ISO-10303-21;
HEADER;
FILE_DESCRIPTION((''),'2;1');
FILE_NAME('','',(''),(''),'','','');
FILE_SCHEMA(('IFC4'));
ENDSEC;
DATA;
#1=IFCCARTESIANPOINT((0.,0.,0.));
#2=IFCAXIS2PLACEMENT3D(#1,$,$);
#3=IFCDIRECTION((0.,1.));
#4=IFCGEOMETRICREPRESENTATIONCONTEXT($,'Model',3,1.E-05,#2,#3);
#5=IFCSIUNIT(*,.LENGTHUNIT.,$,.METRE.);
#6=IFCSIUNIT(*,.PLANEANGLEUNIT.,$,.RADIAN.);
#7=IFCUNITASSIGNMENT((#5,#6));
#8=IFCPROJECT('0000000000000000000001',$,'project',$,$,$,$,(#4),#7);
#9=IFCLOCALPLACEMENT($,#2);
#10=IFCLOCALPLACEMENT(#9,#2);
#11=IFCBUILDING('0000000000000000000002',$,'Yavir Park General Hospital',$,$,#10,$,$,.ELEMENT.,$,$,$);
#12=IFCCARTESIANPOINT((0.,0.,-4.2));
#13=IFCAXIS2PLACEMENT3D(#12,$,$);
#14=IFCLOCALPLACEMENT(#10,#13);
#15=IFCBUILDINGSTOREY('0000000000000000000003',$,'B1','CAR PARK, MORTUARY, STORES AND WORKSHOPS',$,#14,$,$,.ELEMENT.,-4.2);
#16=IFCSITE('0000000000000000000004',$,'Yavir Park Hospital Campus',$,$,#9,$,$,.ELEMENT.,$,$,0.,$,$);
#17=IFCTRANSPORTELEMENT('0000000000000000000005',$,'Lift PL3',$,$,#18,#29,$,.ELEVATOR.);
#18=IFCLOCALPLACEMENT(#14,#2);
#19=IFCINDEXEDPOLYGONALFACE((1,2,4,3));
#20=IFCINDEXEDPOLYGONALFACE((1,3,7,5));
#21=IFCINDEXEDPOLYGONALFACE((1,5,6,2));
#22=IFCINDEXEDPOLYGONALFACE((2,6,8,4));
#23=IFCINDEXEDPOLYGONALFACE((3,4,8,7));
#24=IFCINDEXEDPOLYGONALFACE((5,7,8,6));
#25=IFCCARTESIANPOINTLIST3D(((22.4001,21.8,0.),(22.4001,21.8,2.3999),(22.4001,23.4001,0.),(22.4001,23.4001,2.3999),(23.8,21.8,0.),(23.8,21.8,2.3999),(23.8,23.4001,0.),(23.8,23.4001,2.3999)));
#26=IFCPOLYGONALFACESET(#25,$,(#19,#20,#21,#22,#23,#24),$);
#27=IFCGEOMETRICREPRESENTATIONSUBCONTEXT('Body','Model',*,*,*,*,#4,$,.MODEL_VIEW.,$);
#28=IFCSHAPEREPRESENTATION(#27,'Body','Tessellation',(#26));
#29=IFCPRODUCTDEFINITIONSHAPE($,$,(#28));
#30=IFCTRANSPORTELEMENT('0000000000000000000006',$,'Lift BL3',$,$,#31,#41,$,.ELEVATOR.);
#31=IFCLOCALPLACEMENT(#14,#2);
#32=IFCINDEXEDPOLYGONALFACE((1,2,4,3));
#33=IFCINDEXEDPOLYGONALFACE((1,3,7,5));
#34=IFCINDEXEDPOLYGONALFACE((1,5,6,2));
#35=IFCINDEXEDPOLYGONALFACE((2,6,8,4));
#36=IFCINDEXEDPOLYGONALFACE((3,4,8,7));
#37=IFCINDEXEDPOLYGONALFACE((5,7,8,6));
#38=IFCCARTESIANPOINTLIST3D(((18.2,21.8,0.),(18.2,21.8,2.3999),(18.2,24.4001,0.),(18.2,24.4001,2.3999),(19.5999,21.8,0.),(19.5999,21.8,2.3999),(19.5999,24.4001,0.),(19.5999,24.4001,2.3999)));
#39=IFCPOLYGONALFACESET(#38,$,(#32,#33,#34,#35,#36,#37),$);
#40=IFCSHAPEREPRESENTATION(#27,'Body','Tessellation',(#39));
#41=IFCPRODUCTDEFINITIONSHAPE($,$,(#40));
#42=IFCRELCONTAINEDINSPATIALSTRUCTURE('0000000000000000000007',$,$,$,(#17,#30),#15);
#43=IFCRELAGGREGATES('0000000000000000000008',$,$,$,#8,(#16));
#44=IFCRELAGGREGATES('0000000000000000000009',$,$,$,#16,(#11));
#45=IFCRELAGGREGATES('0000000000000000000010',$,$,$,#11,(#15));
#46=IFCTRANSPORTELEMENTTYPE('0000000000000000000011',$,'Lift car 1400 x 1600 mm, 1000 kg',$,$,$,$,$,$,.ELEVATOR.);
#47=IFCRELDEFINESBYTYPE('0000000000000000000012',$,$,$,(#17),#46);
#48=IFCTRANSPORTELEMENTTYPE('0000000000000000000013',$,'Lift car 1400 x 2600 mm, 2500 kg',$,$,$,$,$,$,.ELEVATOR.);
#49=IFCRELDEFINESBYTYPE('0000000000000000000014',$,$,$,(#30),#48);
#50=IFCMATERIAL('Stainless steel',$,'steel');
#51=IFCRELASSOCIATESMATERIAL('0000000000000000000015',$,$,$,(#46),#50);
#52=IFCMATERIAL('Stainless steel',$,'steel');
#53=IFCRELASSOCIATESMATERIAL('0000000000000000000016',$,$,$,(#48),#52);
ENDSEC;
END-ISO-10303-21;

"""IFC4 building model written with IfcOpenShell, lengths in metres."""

from ifc_helpers import new_model, si_unit, direction, frame, origin, origin_2d, place, context, subcontext, project, spatial, rectangle, extrude, material, type_object, element, save


model = new_model("IFC4")

# Units and contexts
model_context = context("Model", 3, precision=1e-05, world=origin(), true_north=direction((0.0, 1.0)))
body_context = subcontext(model_context, "Body", "Model", "MODEL_VIEW")
ifc_project = project(units=[si_unit("LENGTHUNIT", "METRE"), si_unit("PLANEANGLEUNIT", "RADIAN")], contexts=[model_context])

# Site, building, storey
site_placement = place(None, origin())
site = spatial("IfcSite", under=ifc_project, at=site_placement, Name="Yavir Park Hospital Campus", CompositionType="ELEMENT", RefElevation=0.0)
building_placement = place(site_placement, origin())
building = spatial("IfcBuilding", under=site, at=building_placement, Name="Yavir Park General Hospital", CompositionType="ELEMENT")
storey_placement = place(building_placement, frame((0.0, 0.0, -4.2)))
storey = spatial("IfcBuildingStorey", under=building, at=storey_placement, Name="B1", Description="CAR PARK, MORTUARY, STORES AND WORKSHOPS", CompositionType="ELEMENT", Elevation=-4.2)

# Transport elements
ifc_material_1 = material(Name="Stainless steel", Category="steel")
transport_element_type_1 = type_object("IfcTransportElementType", Name="Lift car 1400 x 1600 mm, 1000 kg", PredefinedType="ELEVATOR", material=ifc_material_1)
transport_element_1_placement = place(storey_placement, frame((23.1001, 22.6001, 0.0), z_axis=(0.0, 0.0, 1.0), x_axis=(1.0, 0.0, 0.0)))
element("IfcTransportElement", 1, at=transport_element_1_placement, inside=storey, type_object=transport_element_type_1, Name="Lift PL3", PredefinedType="ELEVATOR", context=body_context, shape_type="SweptSolid", body=[
    extrude(rectangle(XDim=1.3999, YDim=1.6001, at=origin_2d()), origin(), (0.0, 0.0, 1.0), 2.3999),
])
ifc_material_2 = material(Name="Stainless steel", Category="steel")
transport_element_type_2 = type_object("IfcTransportElementType", Name="Lift car 1400 x 2600 mm, 2500 kg", PredefinedType="ELEVATOR", material=ifc_material_2)
transport_element_2_placement = place(storey_placement, frame((18.8999, 23.1001, 0.0), z_axis=(0.0, 0.0, 1.0), x_axis=(1.0, 0.0, 0.0)))
element("IfcTransportElement", 2, at=transport_element_2_placement, inside=storey, type_object=transport_element_type_2, Name="Lift BL3", PredefinedType="ELEVATOR", context=body_context, shape_type="SweptSolid", body=[
    extrude(rectangle(XDim=1.3999, YDim=2.6001, at=origin_2d()), origin(), (0.0, 0.0, 1.0), 2.3999),
])

save(model, "model.ifc")
